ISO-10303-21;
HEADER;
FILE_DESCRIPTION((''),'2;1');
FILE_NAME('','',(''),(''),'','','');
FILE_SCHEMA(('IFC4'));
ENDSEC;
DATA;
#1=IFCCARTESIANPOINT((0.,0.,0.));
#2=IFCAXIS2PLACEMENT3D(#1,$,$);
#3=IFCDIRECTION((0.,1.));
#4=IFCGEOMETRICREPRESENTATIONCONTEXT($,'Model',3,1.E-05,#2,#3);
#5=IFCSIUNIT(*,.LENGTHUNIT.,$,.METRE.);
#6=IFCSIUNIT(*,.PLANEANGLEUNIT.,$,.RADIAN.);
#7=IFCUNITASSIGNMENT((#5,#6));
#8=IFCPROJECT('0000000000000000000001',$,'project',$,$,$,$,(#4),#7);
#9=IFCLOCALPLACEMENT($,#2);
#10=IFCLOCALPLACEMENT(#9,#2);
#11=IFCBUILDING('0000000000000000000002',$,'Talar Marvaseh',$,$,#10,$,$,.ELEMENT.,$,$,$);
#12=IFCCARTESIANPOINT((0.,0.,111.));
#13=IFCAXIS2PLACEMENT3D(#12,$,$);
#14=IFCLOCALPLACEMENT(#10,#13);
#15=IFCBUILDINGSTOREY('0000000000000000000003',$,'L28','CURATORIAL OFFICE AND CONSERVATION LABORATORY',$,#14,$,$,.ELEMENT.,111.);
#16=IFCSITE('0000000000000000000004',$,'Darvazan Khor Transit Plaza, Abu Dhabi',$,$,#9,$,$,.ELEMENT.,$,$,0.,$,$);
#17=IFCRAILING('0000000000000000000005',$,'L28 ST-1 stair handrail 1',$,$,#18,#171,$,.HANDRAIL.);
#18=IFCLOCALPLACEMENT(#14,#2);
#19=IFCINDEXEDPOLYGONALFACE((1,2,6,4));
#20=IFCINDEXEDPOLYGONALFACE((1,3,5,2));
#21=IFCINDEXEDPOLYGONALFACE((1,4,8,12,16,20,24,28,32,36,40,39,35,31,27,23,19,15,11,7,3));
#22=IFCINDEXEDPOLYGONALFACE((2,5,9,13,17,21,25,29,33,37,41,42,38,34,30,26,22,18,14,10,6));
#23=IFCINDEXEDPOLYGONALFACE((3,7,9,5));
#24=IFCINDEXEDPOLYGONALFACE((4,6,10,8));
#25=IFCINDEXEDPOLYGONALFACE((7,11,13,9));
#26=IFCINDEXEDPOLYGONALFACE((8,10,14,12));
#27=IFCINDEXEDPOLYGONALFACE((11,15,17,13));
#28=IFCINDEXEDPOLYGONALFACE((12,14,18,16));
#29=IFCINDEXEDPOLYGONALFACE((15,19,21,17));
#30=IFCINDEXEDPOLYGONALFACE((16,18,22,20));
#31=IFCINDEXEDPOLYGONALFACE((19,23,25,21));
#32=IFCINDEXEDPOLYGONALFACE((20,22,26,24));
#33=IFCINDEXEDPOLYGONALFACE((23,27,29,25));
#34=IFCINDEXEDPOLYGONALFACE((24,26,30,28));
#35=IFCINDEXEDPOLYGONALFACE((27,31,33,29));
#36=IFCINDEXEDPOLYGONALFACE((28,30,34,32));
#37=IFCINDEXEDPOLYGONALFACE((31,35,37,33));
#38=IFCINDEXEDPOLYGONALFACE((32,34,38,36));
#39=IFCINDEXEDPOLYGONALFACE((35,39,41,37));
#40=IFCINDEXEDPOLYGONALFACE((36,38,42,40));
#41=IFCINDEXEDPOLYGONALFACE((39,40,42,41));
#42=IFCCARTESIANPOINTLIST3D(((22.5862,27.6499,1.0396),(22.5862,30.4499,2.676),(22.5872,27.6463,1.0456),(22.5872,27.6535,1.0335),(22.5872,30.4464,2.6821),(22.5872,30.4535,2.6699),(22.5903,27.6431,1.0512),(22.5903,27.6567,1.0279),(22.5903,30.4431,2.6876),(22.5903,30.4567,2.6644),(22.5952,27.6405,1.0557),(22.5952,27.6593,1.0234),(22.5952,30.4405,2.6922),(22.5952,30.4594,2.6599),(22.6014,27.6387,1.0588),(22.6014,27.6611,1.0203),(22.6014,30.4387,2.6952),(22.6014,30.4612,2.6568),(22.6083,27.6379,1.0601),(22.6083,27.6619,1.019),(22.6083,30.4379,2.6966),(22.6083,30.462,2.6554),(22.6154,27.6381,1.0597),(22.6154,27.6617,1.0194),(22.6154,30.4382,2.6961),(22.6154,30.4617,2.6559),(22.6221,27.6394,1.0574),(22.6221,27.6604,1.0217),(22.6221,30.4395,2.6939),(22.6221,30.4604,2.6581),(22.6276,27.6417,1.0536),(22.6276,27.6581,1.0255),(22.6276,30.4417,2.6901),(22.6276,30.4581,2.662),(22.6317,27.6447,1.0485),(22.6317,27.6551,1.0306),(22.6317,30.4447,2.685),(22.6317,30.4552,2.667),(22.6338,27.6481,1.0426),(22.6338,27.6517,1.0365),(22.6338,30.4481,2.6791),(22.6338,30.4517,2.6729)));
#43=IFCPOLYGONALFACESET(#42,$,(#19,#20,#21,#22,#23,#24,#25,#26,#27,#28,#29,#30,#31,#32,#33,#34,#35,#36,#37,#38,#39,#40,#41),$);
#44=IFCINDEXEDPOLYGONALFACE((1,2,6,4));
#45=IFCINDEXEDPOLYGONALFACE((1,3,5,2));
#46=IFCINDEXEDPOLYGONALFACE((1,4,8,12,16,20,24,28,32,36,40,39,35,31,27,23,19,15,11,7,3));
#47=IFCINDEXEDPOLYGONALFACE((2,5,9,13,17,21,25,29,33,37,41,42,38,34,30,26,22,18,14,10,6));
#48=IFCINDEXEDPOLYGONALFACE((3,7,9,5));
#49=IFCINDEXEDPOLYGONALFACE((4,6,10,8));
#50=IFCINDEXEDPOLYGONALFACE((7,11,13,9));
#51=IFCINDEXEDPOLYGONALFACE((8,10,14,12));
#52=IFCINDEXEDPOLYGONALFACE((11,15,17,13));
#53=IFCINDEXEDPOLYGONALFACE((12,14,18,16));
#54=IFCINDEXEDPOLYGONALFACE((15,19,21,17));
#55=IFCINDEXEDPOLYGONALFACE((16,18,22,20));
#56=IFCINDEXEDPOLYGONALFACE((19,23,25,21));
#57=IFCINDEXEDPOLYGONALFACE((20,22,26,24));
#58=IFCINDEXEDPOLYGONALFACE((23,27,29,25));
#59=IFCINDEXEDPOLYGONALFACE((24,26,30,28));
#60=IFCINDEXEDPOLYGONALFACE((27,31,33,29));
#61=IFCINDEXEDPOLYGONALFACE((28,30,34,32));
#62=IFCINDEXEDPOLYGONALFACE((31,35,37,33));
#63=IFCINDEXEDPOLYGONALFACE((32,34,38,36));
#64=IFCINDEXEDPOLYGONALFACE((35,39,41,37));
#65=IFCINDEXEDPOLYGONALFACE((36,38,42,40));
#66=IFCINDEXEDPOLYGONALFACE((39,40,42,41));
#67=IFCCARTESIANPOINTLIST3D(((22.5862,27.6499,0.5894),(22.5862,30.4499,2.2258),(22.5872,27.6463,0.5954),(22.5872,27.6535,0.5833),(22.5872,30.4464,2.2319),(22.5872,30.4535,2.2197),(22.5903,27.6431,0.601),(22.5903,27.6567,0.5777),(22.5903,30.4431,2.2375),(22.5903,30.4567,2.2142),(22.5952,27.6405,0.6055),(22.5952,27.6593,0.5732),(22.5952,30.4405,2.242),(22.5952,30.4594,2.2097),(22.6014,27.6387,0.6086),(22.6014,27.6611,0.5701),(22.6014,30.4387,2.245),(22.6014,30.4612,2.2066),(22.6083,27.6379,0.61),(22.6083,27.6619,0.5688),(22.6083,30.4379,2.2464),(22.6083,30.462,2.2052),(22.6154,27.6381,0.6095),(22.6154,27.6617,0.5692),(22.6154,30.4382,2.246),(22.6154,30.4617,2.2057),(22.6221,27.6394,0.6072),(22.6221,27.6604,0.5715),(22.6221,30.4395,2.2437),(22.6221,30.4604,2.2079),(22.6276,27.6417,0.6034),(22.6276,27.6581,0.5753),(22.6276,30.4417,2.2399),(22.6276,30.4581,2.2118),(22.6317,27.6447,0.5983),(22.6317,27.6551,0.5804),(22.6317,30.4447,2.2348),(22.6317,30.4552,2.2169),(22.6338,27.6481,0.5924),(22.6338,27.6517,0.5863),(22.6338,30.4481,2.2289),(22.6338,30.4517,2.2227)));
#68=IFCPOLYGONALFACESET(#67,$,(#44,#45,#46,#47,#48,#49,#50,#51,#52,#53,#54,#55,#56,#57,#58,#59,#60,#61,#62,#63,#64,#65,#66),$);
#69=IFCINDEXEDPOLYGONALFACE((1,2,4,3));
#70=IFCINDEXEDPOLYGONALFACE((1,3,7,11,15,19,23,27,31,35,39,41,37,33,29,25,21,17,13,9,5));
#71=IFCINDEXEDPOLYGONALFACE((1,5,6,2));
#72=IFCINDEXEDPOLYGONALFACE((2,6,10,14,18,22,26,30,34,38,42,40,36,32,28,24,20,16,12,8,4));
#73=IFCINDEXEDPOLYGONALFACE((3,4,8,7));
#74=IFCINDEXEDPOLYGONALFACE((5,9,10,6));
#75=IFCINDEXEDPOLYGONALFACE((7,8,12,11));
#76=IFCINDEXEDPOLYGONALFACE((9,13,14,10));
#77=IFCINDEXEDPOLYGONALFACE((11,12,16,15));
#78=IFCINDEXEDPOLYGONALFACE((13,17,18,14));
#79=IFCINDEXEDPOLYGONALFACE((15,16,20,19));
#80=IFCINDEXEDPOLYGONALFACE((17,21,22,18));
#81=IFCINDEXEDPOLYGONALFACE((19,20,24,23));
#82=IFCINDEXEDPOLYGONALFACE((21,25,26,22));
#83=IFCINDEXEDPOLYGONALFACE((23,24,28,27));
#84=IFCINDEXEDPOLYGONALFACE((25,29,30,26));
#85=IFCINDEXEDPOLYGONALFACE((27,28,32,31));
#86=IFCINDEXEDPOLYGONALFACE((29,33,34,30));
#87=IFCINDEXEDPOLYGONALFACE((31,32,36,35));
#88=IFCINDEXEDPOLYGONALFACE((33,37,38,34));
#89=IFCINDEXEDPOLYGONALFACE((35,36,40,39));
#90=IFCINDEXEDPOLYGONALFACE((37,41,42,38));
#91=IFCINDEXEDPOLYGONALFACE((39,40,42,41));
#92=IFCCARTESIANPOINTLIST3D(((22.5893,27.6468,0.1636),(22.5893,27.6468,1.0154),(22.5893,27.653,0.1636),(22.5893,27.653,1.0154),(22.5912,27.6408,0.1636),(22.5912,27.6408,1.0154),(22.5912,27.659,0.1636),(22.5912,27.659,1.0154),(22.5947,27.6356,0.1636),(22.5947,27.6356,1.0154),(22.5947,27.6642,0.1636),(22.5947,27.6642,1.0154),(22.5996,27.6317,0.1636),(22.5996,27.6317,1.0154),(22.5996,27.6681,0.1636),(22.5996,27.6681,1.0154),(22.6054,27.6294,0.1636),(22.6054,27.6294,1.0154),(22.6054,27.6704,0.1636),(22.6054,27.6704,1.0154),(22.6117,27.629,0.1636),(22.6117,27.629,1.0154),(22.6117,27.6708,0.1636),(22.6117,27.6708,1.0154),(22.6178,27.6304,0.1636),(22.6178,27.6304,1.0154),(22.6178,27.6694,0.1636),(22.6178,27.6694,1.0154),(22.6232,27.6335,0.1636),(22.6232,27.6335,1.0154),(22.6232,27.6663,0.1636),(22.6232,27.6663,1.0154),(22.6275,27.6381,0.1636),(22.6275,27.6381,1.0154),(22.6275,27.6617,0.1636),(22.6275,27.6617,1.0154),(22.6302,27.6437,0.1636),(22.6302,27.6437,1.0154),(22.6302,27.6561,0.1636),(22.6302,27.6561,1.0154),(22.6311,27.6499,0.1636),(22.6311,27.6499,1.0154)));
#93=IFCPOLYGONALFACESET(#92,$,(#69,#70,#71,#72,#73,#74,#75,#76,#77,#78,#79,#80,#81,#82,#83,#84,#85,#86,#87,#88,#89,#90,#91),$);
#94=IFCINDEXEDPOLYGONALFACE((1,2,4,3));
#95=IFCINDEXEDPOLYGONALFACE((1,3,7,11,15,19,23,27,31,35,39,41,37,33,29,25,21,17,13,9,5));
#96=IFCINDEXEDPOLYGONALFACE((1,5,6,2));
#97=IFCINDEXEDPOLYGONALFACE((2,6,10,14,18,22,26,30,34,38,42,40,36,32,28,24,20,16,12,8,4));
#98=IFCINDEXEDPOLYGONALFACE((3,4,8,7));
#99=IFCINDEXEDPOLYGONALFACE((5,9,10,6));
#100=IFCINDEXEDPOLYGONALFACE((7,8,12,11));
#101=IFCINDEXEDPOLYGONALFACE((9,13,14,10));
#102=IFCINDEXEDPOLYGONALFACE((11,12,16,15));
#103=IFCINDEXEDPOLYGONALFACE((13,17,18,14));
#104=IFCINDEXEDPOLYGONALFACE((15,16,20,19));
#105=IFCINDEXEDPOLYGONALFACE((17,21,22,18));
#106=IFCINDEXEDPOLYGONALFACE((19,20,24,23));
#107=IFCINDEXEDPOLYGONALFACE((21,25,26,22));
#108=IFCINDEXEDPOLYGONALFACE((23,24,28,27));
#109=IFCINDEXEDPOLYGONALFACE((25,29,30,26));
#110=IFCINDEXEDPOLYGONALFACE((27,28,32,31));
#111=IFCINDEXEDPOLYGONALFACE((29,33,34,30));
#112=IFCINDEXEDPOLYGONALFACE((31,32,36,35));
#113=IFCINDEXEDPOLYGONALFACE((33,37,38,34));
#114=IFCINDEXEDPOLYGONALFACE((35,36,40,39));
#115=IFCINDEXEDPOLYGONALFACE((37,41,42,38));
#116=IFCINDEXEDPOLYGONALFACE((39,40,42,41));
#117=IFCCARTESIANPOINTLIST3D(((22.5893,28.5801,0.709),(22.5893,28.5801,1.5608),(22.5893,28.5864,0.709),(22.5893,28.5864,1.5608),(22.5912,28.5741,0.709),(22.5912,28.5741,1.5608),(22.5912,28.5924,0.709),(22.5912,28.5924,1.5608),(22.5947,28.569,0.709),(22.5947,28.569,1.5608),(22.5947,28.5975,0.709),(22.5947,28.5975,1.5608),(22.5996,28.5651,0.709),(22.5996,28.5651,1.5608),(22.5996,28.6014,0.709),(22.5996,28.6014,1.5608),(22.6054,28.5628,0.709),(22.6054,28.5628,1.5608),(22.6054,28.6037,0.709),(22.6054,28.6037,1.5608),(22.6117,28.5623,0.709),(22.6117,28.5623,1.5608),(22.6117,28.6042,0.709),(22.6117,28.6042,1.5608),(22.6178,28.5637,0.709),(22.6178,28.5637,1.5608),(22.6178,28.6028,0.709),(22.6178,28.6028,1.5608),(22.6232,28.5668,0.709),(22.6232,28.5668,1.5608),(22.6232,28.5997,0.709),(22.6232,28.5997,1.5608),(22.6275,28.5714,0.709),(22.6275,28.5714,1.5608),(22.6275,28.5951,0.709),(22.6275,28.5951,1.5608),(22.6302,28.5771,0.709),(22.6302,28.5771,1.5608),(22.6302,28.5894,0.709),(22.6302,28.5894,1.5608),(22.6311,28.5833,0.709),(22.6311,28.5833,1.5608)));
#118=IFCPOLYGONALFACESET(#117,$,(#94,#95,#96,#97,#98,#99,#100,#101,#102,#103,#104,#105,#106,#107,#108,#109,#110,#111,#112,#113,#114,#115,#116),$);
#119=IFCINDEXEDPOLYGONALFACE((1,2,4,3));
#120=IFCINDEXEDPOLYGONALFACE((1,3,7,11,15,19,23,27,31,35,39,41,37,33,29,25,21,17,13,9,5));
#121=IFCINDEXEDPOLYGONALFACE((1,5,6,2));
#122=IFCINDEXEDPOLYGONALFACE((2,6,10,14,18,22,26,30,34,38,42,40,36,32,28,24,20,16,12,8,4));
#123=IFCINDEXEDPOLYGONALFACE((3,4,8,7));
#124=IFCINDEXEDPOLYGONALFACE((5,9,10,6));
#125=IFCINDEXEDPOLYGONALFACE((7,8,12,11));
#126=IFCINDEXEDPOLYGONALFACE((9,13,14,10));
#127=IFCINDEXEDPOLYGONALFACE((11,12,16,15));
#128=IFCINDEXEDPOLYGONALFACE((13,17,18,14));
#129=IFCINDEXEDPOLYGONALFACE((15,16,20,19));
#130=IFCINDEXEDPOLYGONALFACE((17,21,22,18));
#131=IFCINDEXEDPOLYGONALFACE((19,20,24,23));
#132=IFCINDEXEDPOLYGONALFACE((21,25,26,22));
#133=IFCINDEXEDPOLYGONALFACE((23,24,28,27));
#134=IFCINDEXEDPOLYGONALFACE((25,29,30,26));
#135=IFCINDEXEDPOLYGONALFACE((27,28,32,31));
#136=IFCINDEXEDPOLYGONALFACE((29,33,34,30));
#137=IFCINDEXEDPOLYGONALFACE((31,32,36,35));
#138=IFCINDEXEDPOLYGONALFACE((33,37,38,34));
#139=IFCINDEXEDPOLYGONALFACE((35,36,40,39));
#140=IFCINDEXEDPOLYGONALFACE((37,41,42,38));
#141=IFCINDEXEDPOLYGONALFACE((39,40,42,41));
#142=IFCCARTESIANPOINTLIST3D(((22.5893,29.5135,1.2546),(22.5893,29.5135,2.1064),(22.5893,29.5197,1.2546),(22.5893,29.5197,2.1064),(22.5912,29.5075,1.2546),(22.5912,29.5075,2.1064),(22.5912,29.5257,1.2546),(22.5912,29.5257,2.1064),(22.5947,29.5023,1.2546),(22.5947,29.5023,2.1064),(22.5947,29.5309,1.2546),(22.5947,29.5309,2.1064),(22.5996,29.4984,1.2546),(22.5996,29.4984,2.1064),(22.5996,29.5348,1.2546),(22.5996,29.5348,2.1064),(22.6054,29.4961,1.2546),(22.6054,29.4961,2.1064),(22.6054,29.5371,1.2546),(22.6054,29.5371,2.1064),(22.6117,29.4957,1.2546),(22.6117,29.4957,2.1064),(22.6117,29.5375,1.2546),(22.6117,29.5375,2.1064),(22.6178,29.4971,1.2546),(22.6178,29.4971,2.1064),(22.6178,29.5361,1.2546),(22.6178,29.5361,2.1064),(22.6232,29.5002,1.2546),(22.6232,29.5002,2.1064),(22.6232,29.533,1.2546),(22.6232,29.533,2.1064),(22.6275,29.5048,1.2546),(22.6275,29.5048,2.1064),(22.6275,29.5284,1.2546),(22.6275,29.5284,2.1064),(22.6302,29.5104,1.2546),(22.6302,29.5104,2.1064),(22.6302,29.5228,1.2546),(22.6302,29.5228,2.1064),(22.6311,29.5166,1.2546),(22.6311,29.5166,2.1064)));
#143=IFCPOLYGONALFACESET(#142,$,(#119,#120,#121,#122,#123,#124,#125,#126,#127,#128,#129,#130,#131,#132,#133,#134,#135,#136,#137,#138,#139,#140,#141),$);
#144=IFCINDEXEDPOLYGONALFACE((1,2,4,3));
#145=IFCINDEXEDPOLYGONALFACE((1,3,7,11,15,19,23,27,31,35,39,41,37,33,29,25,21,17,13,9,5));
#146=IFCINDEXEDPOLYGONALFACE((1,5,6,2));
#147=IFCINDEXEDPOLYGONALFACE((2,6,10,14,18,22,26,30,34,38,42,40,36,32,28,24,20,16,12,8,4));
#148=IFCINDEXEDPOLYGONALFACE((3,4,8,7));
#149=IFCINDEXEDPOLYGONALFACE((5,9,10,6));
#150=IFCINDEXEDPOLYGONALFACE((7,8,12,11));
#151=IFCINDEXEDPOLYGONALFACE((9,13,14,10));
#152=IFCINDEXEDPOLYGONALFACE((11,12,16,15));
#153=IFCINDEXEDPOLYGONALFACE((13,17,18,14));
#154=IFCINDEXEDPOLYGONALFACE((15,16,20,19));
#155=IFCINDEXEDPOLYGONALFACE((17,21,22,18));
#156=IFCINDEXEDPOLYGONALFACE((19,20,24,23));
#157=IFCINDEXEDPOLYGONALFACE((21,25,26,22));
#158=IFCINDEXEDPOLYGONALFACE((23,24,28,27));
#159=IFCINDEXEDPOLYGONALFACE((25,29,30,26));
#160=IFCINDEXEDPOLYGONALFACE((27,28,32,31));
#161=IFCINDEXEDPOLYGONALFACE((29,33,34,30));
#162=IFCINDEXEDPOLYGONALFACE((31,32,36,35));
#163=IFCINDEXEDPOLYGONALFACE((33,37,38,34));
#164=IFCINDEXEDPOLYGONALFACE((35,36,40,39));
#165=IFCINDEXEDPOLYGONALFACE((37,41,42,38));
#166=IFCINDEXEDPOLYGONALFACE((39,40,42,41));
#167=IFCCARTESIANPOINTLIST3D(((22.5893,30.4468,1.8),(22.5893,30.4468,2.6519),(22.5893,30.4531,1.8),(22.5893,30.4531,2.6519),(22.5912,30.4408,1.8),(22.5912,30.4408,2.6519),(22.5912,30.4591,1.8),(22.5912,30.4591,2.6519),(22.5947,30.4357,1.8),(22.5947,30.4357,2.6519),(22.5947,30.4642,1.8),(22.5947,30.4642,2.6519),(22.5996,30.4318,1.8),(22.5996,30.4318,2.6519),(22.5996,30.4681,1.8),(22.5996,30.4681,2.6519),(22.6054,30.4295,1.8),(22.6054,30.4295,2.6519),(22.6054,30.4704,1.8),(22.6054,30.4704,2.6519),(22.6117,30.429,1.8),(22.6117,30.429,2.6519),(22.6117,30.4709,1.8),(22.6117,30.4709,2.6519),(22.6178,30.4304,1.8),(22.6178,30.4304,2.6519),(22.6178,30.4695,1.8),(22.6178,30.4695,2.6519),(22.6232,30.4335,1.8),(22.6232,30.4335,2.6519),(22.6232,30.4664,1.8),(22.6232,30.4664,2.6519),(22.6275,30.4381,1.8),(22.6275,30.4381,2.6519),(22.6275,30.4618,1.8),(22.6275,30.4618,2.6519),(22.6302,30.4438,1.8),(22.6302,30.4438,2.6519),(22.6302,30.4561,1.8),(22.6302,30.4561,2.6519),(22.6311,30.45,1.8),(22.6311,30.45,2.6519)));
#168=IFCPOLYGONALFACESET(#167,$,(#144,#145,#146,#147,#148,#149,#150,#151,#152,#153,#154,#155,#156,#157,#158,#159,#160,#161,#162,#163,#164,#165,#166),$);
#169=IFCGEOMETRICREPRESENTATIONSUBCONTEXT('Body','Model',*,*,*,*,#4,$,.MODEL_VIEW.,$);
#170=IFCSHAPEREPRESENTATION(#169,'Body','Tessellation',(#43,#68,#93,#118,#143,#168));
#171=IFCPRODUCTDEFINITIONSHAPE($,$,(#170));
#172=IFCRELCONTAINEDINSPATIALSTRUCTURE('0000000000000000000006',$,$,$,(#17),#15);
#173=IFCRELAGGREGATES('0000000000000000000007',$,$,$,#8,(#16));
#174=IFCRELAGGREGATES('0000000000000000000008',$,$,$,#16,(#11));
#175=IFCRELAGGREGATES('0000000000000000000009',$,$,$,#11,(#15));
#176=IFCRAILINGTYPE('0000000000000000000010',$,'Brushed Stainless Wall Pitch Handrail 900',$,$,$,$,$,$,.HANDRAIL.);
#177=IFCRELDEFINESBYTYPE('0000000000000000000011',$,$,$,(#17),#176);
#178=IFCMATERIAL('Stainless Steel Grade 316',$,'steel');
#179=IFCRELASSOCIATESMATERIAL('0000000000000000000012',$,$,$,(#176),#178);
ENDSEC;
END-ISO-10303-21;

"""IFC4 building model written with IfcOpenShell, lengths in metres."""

from ifc_helpers import new_model, si_unit, direction, frame, origin, origin_2d, place, context, subcontext, project, spatial, circle, extrude, material, type_object, element, save


model = new_model("IFC4")

# Units and contexts
model_context = context("Model", 3, precision=1e-05, world=origin(), true_north=direction((0.0, 1.0)))
body_context = subcontext(model_context, "Body", "Model", "MODEL_VIEW")
ifc_project = project(units=[si_unit("LENGTHUNIT", "METRE"), si_unit("PLANEANGLEUNIT", "RADIAN")], contexts=[model_context])

# Site, building, storey
site_placement = place(None, origin())
site = spatial("IfcSite", under=ifc_project, at=site_placement, Name="Darvazan Khor Transit Plaza, Abu Dhabi", CompositionType="ELEMENT", RefElevation=0.0)
building_placement = place(site_placement, origin())
building = spatial("IfcBuilding", under=site, at=building_placement, Name="Talar Marvaseh", CompositionType="ELEMENT")
storey_placement = place(building_placement, frame((0.0, 0.0, 111.0)))
storey = spatial("IfcBuildingStorey", under=building, at=storey_placement, Name="L28", Description="CURATORIAL OFFICE AND CONSERVATION LABORATORY", CompositionType="ELEMENT", Elevation=111.0)

# Railing
ifc_material_1 = material(Name="Stainless Steel Grade 316", Category="steel")
railing_type_1 = type_object("IfcRailingType", Name="Brushed Stainless Wall Pitch Handrail 900", PredefinedType="HANDRAIL", material=ifc_material_1)
railing_1_placement = place(storey_placement, frame((22.6101, 27.6499, 0.1636)))
element("IfcRailing", 1, at=railing_1_placement, inside=storey, type_object=railing_type_1, Name="L28 ST-1 stair handrail 1", PredefinedType="HANDRAIL", context=body_context, shape_type="SweptSolid", body=[
    extrude(circle(Radius=0.0239, at=origin_2d()), frame((0.0, 0.0, 0.876), z_axis=(0.0, 0.863361, 0.504587), x_axis=(-1.0, 0.0, 0.0)), (0.0, 0.0, 1.0), 3.2432),
    extrude(circle(Radius=0.0239, at=origin_2d()), frame((0.0, 0.0, 0.4258), z_axis=(0.0, 0.863361, 0.504587), x_axis=(-1.0, 0.0, 0.0)), (0.0, 0.0, 1.0), 3.2432),
    extrude(circle(Radius=0.021, at=origin_2d()), origin(), (0.0, 0.0, 1.0), 0.8518),
    extrude(circle(Radius=0.021, at=origin_2d()), frame((0.0, 0.9333, 0.5454)), (0.0, 0.0, 1.0), 0.8518),
    extrude(circle(Radius=0.021, at=origin_2d()), frame((0.0, 1.8667, 1.0911)), (0.0, 0.0, 1.0), 0.8518),
    extrude(circle(Radius=0.021, at=origin_2d()), frame((0.0, 2.8, 1.6365)), (0.0, 0.0, 1.0), 0.8518),
])

save(model, "model.ifc")
